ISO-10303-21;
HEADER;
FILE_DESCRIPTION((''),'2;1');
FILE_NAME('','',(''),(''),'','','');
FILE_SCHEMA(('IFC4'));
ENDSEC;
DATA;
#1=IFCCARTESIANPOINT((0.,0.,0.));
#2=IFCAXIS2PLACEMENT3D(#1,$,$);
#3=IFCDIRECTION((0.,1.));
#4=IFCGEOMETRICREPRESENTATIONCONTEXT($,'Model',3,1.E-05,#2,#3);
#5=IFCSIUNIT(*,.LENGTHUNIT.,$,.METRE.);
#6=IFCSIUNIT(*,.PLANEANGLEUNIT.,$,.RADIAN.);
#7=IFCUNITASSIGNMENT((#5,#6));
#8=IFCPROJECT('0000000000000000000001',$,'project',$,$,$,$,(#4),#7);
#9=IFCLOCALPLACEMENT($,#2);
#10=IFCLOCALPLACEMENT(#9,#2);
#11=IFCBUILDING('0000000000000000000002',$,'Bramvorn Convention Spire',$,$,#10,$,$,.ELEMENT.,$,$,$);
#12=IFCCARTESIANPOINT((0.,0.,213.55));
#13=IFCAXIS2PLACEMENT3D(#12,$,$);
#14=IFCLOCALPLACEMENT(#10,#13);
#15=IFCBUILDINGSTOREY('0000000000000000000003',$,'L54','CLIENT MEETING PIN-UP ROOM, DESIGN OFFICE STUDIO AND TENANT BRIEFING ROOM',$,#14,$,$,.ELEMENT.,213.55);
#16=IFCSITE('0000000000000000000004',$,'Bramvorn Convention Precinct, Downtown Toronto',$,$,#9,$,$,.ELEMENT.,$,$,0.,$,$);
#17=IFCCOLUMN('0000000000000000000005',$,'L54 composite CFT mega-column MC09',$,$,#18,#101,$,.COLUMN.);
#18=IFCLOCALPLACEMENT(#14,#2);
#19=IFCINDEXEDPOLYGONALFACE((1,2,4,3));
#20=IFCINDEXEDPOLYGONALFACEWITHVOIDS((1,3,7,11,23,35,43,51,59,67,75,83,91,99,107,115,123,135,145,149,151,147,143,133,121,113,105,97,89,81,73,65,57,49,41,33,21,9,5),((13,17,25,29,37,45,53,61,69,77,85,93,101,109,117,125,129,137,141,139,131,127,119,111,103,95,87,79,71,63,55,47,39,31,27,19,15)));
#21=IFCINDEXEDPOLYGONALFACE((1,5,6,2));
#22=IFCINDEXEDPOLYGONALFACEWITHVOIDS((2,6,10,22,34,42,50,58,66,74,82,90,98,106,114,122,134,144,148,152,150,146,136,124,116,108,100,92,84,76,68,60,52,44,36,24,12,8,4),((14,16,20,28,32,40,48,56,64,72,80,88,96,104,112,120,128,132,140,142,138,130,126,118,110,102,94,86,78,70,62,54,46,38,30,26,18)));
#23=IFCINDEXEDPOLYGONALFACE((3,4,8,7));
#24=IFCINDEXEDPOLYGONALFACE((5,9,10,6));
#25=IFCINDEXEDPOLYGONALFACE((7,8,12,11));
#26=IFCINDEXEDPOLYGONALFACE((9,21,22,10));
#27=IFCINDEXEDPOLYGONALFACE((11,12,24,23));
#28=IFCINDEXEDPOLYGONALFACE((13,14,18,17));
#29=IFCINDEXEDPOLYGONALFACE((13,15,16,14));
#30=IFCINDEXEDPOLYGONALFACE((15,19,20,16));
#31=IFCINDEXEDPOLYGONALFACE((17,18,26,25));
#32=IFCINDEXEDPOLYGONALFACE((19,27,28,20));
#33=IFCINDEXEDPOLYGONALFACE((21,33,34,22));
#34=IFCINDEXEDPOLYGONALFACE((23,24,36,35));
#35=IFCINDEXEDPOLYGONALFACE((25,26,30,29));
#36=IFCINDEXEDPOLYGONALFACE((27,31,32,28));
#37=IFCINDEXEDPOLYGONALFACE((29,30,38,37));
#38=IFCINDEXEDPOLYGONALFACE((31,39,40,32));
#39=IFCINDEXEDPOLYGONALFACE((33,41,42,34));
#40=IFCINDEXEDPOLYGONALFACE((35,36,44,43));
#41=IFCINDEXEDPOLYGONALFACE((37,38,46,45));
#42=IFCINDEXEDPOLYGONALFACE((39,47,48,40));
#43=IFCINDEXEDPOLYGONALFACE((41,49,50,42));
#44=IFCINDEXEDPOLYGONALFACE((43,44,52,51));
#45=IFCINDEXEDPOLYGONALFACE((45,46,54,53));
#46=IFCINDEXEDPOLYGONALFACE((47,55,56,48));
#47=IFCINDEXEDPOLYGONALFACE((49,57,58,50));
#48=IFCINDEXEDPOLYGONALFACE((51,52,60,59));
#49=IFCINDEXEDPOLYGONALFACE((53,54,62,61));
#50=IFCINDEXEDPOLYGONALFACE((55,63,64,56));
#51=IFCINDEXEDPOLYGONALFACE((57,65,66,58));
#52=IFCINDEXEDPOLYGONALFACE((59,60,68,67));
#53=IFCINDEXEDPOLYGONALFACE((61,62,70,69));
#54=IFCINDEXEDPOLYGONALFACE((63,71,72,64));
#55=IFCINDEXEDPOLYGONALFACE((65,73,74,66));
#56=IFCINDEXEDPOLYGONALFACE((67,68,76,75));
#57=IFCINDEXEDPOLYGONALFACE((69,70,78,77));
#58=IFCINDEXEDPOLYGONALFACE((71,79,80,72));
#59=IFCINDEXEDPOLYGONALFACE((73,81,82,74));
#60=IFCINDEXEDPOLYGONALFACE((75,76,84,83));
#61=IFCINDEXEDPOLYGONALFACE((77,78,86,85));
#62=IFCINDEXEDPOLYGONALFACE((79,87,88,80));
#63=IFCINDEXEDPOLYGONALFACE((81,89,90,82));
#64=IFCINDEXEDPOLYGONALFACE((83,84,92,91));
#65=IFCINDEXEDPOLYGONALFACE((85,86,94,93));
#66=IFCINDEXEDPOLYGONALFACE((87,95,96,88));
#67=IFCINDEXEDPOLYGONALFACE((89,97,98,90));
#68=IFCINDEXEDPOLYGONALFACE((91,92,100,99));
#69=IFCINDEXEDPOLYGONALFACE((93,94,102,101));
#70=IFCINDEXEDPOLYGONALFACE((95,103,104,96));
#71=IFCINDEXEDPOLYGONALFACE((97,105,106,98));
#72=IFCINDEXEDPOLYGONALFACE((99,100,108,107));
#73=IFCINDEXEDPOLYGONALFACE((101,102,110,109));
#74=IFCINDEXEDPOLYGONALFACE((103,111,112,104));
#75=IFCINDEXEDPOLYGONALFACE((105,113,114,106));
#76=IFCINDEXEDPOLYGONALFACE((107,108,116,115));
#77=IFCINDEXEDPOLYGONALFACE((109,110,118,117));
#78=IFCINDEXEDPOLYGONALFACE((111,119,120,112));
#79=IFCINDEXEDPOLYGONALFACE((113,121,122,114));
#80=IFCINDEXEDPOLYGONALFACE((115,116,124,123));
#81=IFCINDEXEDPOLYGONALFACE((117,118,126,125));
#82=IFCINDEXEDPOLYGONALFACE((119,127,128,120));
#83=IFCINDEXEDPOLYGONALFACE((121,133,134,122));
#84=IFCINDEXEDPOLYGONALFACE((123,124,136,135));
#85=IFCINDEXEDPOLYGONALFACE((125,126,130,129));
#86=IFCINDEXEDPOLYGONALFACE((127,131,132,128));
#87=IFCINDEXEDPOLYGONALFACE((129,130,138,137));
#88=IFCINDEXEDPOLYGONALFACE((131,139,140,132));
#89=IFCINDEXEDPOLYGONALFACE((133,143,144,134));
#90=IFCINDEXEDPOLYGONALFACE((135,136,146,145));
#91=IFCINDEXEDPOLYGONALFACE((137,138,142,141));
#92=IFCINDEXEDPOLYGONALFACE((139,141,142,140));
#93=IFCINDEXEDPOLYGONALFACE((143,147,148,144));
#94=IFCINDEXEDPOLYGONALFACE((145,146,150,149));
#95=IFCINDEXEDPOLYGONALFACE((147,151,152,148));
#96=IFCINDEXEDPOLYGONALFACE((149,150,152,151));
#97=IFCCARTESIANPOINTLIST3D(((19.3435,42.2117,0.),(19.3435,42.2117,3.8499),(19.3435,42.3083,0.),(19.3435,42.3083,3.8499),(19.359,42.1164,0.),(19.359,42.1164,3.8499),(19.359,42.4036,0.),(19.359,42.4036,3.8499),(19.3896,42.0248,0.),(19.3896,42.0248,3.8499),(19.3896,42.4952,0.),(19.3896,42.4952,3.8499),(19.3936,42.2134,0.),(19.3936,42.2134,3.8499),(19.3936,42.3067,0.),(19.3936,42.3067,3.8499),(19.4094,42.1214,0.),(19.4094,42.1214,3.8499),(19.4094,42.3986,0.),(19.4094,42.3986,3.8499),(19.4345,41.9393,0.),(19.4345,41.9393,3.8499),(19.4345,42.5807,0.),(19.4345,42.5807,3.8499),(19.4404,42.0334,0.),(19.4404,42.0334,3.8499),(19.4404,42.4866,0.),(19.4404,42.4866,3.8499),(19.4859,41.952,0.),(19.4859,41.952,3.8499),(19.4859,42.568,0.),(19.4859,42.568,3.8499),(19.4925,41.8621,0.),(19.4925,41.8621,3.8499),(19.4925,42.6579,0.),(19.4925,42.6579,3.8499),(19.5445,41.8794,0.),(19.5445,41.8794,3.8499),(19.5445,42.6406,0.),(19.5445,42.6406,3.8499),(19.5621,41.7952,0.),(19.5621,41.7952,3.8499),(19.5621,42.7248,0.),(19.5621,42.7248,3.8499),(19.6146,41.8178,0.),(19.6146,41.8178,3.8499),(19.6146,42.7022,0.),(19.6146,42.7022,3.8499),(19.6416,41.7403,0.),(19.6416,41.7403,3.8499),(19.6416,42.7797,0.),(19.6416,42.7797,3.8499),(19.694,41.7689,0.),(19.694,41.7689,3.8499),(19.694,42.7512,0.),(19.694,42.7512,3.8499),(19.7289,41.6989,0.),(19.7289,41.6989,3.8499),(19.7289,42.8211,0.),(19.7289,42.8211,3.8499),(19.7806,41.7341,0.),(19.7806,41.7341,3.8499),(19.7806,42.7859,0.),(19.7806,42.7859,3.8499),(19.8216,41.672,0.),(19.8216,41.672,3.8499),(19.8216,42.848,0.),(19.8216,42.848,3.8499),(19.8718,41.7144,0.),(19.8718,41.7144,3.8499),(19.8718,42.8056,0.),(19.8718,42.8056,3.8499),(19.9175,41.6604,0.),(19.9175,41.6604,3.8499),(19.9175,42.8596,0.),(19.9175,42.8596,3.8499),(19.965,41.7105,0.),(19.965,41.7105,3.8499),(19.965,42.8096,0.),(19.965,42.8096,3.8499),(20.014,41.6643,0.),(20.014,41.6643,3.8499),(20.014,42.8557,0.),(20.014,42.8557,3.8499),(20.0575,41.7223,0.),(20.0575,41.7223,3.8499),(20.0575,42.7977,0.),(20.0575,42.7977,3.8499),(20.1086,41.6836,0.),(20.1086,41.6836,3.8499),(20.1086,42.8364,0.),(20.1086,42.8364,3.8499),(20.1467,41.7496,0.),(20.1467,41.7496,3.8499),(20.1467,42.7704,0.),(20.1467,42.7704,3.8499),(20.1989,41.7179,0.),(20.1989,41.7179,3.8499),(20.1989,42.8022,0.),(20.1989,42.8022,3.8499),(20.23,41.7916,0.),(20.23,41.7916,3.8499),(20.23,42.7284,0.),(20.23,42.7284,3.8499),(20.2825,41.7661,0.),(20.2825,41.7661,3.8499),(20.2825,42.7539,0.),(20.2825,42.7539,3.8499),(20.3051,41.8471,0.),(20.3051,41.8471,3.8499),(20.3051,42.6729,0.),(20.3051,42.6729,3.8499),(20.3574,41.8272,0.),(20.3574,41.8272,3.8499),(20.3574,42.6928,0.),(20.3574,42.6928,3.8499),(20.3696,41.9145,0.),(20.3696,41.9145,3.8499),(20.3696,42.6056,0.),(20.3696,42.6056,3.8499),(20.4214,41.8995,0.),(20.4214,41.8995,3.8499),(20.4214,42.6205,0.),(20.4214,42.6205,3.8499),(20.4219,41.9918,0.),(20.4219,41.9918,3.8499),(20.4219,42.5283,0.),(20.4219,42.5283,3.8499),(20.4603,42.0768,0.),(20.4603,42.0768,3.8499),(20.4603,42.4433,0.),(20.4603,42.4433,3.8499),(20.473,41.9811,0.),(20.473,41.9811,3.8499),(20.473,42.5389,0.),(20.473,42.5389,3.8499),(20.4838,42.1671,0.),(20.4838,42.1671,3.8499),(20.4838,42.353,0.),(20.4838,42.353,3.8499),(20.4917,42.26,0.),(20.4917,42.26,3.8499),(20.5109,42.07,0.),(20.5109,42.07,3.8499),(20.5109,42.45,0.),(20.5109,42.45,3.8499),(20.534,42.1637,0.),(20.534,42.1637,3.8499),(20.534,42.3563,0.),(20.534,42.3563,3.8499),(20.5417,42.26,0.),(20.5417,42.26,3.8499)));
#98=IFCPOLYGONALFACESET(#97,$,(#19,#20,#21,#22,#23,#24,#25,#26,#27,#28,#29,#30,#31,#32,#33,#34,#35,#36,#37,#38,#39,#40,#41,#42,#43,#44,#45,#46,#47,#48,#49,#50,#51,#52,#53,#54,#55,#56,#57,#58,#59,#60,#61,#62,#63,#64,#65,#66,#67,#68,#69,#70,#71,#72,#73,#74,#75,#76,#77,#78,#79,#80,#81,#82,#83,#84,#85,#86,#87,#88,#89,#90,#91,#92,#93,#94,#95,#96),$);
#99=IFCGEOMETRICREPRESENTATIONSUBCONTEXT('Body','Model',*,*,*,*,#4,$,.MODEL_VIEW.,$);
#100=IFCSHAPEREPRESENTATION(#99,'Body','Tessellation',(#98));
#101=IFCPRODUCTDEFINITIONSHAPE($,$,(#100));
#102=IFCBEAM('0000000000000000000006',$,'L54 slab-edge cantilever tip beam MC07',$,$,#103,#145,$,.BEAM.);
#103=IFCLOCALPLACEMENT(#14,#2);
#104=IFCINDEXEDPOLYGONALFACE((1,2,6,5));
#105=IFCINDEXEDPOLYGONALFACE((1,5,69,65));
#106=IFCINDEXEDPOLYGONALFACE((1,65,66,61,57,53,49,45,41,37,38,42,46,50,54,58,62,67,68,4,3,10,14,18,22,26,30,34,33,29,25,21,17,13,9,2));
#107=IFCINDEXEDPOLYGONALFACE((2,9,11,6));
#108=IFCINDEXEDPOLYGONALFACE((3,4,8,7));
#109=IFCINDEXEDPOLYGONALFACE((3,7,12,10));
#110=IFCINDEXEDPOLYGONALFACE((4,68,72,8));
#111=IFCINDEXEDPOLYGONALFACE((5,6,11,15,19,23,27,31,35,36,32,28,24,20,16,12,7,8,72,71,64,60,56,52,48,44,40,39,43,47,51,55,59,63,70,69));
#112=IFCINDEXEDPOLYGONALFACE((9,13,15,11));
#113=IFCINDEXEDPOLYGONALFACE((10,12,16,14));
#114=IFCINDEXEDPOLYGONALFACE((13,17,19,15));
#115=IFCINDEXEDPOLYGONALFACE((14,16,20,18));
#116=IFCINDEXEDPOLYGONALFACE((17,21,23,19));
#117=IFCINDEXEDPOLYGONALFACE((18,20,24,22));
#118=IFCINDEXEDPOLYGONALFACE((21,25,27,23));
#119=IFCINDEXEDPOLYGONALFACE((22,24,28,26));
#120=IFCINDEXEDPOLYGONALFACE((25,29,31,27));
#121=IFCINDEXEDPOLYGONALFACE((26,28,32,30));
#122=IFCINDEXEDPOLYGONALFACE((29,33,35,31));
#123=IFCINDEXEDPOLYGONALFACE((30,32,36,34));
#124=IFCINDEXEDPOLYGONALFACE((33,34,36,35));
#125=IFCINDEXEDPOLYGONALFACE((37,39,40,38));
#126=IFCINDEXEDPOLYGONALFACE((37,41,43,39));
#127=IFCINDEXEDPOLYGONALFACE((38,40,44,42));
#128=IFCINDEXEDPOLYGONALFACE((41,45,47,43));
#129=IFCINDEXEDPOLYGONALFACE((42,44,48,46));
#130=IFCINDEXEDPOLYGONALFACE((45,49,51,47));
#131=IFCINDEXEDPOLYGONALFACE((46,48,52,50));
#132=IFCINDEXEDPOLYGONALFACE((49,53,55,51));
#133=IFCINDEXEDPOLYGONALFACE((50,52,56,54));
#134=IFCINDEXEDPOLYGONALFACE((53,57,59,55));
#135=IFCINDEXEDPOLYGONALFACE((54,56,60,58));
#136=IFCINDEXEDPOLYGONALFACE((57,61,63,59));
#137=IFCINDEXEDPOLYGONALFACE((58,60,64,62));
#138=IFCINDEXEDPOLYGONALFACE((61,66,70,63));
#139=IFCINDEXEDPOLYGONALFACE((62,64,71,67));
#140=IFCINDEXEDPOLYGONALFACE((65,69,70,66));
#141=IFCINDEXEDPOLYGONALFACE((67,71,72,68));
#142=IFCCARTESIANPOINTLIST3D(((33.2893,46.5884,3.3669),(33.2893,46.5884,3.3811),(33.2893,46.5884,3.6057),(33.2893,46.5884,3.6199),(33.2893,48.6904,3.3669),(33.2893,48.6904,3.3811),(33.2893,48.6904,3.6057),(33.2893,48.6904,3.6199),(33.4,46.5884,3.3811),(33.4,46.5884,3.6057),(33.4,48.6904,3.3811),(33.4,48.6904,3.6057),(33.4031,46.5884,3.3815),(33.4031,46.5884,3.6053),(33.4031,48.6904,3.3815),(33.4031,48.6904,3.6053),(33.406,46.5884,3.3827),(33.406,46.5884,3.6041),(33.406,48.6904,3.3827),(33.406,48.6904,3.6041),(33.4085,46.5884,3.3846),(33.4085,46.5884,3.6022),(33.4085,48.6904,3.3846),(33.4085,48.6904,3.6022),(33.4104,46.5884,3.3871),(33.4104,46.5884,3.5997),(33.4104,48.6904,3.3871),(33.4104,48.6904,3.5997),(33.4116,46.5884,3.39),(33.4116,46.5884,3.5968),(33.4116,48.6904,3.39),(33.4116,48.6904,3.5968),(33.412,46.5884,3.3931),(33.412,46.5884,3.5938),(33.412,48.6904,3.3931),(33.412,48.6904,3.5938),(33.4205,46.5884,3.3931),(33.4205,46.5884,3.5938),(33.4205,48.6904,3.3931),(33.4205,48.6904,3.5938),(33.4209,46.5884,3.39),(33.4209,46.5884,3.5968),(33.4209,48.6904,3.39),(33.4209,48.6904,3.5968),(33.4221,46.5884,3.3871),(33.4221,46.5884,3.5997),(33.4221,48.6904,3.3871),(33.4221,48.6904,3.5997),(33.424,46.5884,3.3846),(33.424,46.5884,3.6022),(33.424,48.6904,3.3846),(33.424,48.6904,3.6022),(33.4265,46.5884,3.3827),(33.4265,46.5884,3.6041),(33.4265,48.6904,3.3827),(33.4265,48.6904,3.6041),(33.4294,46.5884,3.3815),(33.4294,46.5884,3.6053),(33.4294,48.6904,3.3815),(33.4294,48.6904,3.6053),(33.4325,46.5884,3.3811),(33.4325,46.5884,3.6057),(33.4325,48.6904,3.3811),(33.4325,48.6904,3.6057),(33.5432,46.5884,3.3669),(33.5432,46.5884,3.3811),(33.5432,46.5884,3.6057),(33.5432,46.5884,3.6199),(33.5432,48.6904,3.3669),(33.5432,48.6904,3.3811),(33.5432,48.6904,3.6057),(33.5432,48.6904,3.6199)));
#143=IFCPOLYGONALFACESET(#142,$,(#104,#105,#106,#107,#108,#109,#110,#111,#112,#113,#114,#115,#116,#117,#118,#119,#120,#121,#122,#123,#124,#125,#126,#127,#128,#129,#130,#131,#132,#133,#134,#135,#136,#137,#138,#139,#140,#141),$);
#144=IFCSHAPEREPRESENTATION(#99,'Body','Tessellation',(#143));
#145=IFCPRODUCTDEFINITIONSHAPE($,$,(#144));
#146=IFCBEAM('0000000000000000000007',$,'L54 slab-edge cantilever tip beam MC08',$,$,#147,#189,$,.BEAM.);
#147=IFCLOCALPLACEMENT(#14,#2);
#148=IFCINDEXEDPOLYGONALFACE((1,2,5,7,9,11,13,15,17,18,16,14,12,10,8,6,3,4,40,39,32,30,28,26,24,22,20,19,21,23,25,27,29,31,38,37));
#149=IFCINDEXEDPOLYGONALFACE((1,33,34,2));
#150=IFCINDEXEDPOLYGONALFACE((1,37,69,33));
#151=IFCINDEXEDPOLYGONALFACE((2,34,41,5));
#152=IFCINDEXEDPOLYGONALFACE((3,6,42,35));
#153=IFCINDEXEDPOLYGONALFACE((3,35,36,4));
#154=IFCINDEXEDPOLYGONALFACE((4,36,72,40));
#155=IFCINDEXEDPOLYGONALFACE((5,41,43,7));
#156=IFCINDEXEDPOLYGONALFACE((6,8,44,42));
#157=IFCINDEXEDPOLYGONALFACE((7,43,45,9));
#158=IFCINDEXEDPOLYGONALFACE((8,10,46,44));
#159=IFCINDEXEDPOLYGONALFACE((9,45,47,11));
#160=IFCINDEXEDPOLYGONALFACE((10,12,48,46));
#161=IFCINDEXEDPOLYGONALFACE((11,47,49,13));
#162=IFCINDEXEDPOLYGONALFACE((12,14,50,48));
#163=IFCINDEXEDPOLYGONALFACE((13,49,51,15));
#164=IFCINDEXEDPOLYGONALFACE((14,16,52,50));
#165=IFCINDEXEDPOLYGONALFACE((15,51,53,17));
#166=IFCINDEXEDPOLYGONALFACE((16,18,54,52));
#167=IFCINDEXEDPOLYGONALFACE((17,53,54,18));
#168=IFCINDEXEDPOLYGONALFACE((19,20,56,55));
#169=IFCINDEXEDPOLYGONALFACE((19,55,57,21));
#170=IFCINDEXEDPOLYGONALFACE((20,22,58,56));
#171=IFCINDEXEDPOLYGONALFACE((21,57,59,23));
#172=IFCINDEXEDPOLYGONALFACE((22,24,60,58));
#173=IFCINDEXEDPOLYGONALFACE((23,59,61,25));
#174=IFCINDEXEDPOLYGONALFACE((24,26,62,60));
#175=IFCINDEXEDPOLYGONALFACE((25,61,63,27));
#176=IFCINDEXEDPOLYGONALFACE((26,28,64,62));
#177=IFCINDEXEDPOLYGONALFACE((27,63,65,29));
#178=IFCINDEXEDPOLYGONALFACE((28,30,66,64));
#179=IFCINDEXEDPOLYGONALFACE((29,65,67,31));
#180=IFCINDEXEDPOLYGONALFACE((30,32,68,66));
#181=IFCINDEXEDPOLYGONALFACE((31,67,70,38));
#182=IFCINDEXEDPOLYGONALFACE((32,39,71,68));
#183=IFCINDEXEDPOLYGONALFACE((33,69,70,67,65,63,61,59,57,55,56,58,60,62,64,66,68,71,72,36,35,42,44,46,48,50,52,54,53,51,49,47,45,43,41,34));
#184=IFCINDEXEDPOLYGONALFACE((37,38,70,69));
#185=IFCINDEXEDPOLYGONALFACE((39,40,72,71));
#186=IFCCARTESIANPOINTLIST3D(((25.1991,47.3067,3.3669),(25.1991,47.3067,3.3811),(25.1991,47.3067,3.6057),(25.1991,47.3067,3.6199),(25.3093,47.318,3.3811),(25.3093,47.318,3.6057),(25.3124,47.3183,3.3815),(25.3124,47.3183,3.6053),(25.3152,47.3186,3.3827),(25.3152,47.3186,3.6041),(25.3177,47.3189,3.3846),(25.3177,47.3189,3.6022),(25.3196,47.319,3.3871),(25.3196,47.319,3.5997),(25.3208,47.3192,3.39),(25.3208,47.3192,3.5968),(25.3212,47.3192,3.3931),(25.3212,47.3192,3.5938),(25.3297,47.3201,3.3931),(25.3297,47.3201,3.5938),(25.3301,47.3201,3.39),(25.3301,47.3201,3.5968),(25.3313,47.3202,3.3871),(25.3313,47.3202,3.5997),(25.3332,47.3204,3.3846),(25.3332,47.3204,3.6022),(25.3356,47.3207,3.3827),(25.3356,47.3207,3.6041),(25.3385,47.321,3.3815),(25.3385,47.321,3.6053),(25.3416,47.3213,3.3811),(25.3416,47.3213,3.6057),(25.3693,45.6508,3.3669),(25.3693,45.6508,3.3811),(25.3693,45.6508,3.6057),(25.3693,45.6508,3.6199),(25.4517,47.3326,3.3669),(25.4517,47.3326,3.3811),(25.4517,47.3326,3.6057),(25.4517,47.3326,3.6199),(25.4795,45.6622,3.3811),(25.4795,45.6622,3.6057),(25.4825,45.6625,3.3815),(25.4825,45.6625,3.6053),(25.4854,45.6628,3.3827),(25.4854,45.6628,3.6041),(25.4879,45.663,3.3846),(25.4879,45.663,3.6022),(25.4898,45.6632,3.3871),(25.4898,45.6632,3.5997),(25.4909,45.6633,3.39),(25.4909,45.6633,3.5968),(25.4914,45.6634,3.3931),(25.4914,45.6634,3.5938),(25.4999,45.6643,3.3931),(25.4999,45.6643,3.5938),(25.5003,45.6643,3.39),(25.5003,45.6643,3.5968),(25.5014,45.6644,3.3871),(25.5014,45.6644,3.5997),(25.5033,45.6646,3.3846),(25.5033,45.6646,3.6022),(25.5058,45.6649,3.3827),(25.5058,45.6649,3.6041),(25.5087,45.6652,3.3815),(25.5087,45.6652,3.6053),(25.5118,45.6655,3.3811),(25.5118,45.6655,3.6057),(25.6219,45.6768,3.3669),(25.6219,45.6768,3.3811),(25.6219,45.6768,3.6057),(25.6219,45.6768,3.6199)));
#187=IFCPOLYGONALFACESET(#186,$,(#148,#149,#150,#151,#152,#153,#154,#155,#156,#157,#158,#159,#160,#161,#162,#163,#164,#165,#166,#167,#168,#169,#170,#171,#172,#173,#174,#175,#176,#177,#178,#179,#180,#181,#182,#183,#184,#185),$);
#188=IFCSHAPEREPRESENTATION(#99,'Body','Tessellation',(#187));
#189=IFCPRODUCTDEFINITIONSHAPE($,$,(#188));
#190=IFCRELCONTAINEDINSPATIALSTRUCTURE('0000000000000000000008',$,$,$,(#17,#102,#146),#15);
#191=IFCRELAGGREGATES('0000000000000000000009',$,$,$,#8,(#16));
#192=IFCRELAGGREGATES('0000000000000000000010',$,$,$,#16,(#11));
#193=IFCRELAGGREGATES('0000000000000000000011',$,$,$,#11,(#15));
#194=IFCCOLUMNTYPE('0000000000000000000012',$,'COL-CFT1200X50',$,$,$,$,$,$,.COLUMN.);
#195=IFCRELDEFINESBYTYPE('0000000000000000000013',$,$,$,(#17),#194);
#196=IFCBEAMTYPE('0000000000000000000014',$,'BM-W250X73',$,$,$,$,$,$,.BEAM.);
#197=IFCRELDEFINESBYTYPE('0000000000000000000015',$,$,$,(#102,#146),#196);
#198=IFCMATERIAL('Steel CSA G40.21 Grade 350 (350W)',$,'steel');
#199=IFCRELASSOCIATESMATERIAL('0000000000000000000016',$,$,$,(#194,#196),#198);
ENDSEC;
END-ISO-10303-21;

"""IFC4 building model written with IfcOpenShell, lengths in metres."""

from ifc_helpers import new_model, si_unit, direction, frame, origin, origin_2d, place, context, subcontext, project, spatial, hollow_circle, i_section, extrude, material, material_profile, profile_set, type_object, element, save


model = new_model("IFC4")

# Units and contexts
model_context = context("Model", 3, precision=1e-05, world=origin(), true_north=direction((0.0, 1.0)))
body_context = subcontext(model_context, "Body", "Model", "MODEL_VIEW")
ifc_project = project(units=[si_unit("LENGTHUNIT", "METRE"), si_unit("PLANEANGLEUNIT", "RADIAN")], contexts=[model_context])

# Site, building, storey
site_placement = place(None, origin())
site = spatial("IfcSite", under=ifc_project, at=site_placement, Name="Bramvorn Convention Precinct, Downtown Toronto", CompositionType="ELEMENT", RefElevation=0.0)
building_placement = place(site_placement, origin())
building = spatial("IfcBuilding", under=site, at=building_placement, Name="Bramvorn Convention Spire", CompositionType="ELEMENT")
storey_placement = place(building_placement, frame((0.0, 0.0, 213.55)))
storey = spatial("IfcBuildingStorey", under=building, at=storey_placement, Name="L54", Description="CLIENT MEETING PIN-UP ROOM, DESIGN OFFICE STUDIO AND TENANT BRIEFING ROOM", CompositionType="ELEMENT", Elevation=213.55)

# Column
ifc_material_1 = material(Name="Steel CSA G40.21 Grade 350 (350W)", Category="steel")
ifc_material_profile_1 = material_profile(ifc_material_1, hollow_circle(Radius=0.6001, WallThickness=0.05, at=origin_2d()))
ifc_profile_set_1 = profile_set([ifc_material_profile_1], Name="Steel CSA G40.21 Grade 350 (350W) - CFT1200X50")
column_type = type_object("IfcColumnType", Name="COL-CFT1200X50", PredefinedType="COLUMN", material=ifc_profile_set_1)
for number, where, z_axis, x_axis, name in (
    (1, (19.9417, 42.26, 0.0), (0.0, 0.0, 1.0), (1.0, 0.0, 0.0), "L54 composite CFT mega-column MC09"),
):
    element("IfcColumn", number, at=place(storey_placement, frame(where, z_axis=z_axis, x_axis=x_axis)), inside=storey, type_object=column_type, Name=name, PredefinedType="COLUMN", context=body_context, shape_type="SweptSolid", body=[
        extrude(hollow_circle(Radius=0.6001, WallThickness=0.05, at=origin_2d()), origin(), (0.0, 0.0, 1.0), 3.8499),
    ])

# Beams
ifc_material_profile_2 = material_profile(ifc_material_1, i_section(OverallWidth=0.2539, OverallDepth=0.2529, WebThickness=0.0085, FlangeThickness=0.0142, FilletRadius=0.012, at=origin_2d()))
ifc_profile_set_2 = profile_set([ifc_material_profile_2], Name="Steel CSA G40.21 Grade 350 (350W) - W250X73")
beam_type_1 = type_object("IfcBeamType", Name="BM-W250X73", PredefinedType="BEAM", material=ifc_profile_set_2)
beam_1_placement = place(storey_placement, frame((33.4163, 46.5884, 3.4934), z_axis=(0.0, 1.0, 0.0), x_axis=(-1.0, 0.0, 0.0)))
element("IfcBeam", 2, at=beam_1_placement, inside=storey, type_object=beam_type_1, Name="L54 slab-edge cantilever tip beam MC07", PredefinedType="BEAM", context=body_context, shape_type="SweptSolid", body=[
    extrude(i_section(OverallWidth=0.2539, OverallDepth=0.2529, WebThickness=0.0085, FlangeThickness=0.0142, FilletRadius=0.012, at=origin_2d()), origin(), (0.0, 0.0, 1.0), 2.1021),
])
beam_2_placement = place(storey_placement, frame((25.4956, 45.6638, 3.4934), z_axis=(-0.102234, 0.99476, 0.0), x_axis=(-0.99476, -0.102234, 0.0)))
element("IfcBeam", 3, at=beam_2_placement, inside=storey, type_object=beam_type_1, Name="L54 slab-edge cantilever tip beam MC08", PredefinedType="BEAM", context=body_context, shape_type="SweptSolid", body=[
    extrude(i_section(OverallWidth=0.2539, OverallDepth=0.2529, WebThickness=0.0085, FlangeThickness=0.0142, FilletRadius=0.012, at=origin_2d()), origin(), (0.0, 0.0, 1.0), 1.6646),
])

save(model, "model.ifc")
